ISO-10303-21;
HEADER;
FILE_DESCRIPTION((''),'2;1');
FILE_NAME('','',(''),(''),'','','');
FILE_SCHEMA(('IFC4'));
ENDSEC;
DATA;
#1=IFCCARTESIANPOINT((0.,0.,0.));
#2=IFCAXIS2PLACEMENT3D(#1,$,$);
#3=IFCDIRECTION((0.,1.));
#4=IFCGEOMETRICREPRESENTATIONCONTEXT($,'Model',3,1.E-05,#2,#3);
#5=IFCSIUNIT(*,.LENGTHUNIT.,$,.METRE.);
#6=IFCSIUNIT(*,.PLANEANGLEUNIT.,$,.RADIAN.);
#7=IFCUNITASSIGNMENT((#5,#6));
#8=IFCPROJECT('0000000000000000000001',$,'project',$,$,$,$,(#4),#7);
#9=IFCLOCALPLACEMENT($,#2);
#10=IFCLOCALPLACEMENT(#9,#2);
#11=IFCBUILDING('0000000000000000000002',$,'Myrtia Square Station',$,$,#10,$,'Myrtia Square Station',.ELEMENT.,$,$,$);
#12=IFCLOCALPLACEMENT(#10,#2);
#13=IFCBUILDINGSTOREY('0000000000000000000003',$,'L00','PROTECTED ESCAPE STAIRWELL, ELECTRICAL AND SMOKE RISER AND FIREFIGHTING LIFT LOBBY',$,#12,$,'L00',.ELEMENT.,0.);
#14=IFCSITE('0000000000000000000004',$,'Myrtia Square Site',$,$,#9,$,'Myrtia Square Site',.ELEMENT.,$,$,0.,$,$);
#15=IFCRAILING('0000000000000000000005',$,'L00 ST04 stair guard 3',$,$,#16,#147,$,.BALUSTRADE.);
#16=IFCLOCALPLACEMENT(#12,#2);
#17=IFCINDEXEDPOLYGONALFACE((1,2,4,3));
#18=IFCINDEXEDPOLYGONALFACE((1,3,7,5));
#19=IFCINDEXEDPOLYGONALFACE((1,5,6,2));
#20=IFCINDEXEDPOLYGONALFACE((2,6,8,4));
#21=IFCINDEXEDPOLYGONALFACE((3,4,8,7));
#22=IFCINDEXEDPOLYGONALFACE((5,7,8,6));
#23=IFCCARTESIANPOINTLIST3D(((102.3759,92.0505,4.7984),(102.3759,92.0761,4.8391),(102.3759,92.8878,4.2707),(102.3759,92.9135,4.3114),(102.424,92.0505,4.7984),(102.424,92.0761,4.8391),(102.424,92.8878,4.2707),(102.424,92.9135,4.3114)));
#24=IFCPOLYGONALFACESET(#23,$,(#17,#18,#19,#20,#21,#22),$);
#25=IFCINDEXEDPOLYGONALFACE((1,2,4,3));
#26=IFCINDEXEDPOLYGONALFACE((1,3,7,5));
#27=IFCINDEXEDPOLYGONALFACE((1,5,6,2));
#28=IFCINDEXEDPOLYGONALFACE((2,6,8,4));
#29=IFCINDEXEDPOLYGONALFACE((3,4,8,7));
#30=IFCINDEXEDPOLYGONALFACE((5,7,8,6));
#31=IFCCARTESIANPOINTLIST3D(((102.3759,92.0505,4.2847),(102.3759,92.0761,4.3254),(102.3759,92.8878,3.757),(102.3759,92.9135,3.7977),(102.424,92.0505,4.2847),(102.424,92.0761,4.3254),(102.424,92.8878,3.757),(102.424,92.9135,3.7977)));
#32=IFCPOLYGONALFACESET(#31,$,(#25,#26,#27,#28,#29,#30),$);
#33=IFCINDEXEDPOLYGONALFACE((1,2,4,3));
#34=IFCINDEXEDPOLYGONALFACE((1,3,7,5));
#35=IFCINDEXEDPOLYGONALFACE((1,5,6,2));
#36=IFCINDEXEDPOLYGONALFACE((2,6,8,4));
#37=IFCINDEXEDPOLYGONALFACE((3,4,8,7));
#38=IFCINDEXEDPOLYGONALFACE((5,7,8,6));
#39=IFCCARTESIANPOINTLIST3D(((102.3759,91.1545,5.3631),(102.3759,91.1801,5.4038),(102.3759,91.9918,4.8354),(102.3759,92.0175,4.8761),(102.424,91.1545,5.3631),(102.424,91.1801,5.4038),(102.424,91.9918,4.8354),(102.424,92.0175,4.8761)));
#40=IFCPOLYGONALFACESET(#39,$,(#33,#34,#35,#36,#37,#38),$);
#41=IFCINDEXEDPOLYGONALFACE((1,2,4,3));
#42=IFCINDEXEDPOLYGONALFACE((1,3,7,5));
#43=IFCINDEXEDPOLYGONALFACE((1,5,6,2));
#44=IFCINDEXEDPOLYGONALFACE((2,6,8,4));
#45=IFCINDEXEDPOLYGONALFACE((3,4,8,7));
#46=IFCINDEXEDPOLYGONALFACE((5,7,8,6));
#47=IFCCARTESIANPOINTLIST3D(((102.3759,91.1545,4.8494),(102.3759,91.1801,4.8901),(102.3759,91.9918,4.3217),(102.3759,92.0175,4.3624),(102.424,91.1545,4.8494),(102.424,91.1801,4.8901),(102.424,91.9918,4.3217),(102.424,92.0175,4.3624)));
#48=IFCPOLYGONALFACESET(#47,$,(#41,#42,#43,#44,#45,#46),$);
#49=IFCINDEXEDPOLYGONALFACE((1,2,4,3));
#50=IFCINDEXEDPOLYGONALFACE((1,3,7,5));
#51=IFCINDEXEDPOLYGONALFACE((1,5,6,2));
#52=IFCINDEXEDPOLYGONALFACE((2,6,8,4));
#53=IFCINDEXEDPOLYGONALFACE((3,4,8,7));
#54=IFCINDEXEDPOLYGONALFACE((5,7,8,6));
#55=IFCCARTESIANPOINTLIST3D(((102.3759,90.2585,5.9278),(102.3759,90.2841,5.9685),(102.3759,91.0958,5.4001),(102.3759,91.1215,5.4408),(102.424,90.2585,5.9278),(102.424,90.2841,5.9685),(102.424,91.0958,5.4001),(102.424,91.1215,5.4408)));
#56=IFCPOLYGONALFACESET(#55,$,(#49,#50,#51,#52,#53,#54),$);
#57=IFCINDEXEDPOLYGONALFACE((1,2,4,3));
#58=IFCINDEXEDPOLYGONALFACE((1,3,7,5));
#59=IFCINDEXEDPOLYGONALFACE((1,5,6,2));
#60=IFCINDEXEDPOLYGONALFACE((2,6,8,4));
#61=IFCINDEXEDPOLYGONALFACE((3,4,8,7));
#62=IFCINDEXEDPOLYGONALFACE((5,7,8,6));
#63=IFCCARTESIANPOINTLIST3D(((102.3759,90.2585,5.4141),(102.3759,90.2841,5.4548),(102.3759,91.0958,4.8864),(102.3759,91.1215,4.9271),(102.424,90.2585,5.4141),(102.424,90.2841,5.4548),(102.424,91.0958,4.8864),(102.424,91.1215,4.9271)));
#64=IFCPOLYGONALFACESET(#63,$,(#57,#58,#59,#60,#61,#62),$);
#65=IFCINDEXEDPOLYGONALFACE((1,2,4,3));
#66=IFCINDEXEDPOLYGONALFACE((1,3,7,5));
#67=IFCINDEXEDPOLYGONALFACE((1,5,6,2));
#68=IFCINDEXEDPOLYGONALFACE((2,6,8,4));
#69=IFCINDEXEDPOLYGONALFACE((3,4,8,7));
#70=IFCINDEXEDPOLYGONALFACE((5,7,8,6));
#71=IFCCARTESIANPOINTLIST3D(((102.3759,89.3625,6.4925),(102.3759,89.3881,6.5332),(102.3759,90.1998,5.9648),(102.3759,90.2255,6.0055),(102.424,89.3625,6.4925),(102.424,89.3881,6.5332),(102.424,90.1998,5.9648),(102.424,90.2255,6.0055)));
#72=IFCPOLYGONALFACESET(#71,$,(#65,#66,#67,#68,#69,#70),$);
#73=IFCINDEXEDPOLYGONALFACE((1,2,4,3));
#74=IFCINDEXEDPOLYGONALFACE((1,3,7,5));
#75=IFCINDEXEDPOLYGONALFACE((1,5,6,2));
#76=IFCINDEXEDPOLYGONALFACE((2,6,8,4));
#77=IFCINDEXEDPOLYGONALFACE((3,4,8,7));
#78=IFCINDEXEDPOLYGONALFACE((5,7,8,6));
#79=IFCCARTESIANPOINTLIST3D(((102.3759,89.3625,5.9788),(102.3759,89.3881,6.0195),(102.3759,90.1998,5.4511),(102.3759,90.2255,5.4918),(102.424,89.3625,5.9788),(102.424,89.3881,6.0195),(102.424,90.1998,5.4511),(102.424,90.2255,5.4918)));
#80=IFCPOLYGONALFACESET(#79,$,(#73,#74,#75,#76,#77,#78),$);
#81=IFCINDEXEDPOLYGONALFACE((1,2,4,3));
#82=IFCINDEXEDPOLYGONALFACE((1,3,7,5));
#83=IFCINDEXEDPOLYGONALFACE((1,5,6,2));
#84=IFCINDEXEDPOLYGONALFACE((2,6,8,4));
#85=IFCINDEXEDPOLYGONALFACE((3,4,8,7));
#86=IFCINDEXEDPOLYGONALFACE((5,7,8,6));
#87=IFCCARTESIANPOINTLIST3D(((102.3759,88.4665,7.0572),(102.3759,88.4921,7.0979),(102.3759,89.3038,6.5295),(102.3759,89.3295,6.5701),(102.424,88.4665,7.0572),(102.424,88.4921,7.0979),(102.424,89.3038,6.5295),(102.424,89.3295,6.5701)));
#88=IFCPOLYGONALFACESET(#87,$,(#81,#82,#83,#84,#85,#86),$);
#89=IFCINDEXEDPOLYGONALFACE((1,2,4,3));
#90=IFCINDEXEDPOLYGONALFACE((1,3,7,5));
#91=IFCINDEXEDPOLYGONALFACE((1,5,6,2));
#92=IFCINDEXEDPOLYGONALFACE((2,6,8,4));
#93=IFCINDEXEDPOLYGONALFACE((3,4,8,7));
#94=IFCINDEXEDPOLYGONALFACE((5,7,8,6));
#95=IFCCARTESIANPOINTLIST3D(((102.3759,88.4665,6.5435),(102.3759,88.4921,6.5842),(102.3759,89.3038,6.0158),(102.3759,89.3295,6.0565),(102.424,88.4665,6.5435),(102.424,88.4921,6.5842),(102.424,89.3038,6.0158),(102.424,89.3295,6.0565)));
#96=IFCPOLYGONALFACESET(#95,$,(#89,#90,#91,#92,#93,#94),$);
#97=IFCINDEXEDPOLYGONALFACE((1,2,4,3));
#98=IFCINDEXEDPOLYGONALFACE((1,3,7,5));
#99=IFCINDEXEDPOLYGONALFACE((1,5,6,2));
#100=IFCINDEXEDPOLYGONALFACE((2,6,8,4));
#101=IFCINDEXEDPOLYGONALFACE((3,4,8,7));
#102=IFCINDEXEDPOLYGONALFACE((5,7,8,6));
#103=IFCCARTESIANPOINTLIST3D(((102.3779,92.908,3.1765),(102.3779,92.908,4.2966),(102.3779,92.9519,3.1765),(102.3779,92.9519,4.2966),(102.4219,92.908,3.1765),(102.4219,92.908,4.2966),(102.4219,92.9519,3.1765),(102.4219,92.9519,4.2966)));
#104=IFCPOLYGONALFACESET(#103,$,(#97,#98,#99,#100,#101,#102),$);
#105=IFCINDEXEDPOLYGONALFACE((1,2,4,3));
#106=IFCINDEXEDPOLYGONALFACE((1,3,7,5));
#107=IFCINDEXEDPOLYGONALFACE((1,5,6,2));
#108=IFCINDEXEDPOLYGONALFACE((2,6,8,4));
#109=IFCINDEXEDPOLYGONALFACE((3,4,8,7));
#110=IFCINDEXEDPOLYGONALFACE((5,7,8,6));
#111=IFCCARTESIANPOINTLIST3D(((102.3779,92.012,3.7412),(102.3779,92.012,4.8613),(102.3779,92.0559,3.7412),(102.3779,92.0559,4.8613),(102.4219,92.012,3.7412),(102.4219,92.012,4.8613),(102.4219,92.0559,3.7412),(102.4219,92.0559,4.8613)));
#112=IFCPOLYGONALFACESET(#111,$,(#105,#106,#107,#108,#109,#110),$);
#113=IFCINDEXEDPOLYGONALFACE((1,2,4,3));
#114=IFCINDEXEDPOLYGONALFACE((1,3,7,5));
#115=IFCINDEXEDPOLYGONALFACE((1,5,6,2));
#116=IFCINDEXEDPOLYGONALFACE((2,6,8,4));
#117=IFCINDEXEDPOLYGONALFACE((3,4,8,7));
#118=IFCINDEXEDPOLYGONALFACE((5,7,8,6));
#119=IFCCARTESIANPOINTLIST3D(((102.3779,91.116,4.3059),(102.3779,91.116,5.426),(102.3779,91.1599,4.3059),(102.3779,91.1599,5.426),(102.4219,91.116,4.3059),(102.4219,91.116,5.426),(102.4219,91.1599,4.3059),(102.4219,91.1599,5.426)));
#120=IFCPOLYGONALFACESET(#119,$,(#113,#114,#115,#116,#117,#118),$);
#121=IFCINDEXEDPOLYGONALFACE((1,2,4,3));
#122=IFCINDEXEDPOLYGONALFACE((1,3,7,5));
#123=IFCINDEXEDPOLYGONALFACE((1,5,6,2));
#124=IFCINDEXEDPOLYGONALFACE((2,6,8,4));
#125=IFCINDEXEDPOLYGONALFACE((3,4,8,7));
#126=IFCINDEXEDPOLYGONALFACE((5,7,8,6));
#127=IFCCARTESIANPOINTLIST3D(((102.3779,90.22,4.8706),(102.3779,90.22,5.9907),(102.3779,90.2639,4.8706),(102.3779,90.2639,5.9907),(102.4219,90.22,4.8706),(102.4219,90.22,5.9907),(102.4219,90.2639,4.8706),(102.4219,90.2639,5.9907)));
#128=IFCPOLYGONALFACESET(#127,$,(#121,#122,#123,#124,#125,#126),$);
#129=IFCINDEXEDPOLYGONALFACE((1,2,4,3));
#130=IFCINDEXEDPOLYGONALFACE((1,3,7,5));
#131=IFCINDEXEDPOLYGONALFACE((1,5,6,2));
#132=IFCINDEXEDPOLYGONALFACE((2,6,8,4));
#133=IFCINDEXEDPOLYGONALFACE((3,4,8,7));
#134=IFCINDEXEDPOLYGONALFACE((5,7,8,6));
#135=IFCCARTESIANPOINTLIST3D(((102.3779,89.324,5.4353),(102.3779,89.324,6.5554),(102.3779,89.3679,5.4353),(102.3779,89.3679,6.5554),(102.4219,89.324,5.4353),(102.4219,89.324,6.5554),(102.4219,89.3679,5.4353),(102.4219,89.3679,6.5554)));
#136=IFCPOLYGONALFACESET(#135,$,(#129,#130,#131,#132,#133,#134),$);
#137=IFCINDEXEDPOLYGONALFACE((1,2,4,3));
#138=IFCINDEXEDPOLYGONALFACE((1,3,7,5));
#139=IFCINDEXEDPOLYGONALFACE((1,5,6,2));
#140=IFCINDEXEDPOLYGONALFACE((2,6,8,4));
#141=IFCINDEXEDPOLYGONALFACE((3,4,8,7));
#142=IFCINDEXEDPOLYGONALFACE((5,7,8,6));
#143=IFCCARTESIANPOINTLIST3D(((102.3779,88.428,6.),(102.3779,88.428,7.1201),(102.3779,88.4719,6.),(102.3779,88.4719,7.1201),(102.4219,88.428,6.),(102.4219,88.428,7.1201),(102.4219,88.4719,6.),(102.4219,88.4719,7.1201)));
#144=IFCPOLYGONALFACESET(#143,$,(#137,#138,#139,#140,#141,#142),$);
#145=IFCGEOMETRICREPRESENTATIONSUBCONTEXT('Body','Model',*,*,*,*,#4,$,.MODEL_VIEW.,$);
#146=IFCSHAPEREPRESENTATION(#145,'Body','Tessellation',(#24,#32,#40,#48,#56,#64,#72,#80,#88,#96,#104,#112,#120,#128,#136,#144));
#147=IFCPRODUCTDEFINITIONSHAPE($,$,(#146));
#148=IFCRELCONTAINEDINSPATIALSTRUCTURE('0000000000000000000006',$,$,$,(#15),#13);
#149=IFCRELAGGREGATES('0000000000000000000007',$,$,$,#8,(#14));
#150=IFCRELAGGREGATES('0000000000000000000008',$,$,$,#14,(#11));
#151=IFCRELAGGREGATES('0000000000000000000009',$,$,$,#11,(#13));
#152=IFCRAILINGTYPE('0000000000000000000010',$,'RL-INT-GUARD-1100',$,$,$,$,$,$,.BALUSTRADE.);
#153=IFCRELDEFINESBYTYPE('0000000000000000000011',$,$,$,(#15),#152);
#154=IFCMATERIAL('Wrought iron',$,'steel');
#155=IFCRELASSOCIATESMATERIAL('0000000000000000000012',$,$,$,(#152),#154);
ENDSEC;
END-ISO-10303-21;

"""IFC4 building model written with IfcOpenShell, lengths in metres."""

from ifc_helpers import new_model, si_unit, direction, frame, origin, origin_2d, place, context, subcontext, project, spatial, rectangle, extrude, material, type_object, element, save


model = new_model("IFC4")

# Units and contexts
model_context = context("Model", 3, precision=1e-05, world=origin(), true_north=direction((0.0, 1.0)))
body_context = subcontext(model_context, "Body", "Model", "MODEL_VIEW")
ifc_project = project(units=[si_unit("LENGTHUNIT", "METRE"), si_unit("PLANEANGLEUNIT", "RADIAN")], contexts=[model_context])

# Site, building, storey
site_placement = place(None, origin())
site = spatial("IfcSite", under=ifc_project, at=site_placement, Name="Myrtia Square Site", LongName="Myrtia Square Site", CompositionType="ELEMENT", RefElevation=0.0)
building_placement = place(site_placement, origin())
building = spatial("IfcBuilding", under=site, at=building_placement, Name="Myrtia Square Station", LongName="Myrtia Square Station", CompositionType="ELEMENT")
storey_placement = place(building_placement, origin())
storey = spatial("IfcBuildingStorey", under=building, at=storey_placement, Name="L00", Description="PROTECTED ESCAPE STAIRWELL, ELECTRICAL AND SMOKE RISER AND FIREFIGHTING LIFT LOBBY", LongName="L00", CompositionType="ELEMENT", Elevation=0.0)

# Railing
ifc_material_1 = material(Name="Wrought iron", Category="steel")
railing_type_1 = type_object("IfcRailingType", Name="RL-INT-GUARD-1100", PredefinedType="BALUSTRADE", material=ifc_material_1)
railing_1_placement = place(storey_placement, frame((102.3999, 92.9299, 3.1765)))
element("IfcRailing", 1, at=railing_1_placement, inside=storey, type_object=railing_type_1, Name="L00 ST04 stair guard 3", PredefinedType="BALUSTRADE", context=body_context, shape_type="SweptSolid", body=[
    extrude(rectangle(XDim=0.0481, YDim=0.0481, at=origin_2d()), frame((0.0, -0.0293, 1.1145), z_axis=(0.0, -0.845998, 0.533186), x_axis=(1.0, 0.0, 0.0)), (0.0, 0.0, 1.0), 0.9897),
    extrude(rectangle(XDim=0.0481, YDim=0.0481, at=origin_2d()), frame((0.0, -0.0293, 0.6008), z_axis=(0.0, -0.845998, 0.533186), x_axis=(1.0, 0.0, 0.0)), (0.0, 0.0, 1.0), 0.9897),
    extrude(rectangle(XDim=0.0481, YDim=0.0481, at=origin_2d()), frame((0.0, -0.9253, 1.6792), z_axis=(0.0, -0.845998, 0.533186), x_axis=(1.0, 0.0, 0.0)), (0.0, 0.0, 1.0), 0.9897),
    extrude(rectangle(XDim=0.0481, YDim=0.0481, at=origin_2d()), frame((0.0, -0.9253, 1.1655), z_axis=(0.0, -0.845998, 0.533186), x_axis=(1.0, 0.0, 0.0)), (0.0, 0.0, 1.0), 0.9897),
    extrude(rectangle(XDim=0.0481, YDim=0.0481, at=origin_2d()), frame((0.0, -1.8213, 2.2439), z_axis=(0.0, -0.845998, 0.533186), x_axis=(1.0, 0.0, 0.0)), (0.0, 0.0, 1.0), 0.9897),
    extrude(rectangle(XDim=0.0481, YDim=0.0481, at=origin_2d()), frame((0.0, -1.8213, 1.7302), z_axis=(0.0, -0.845998, 0.533186), x_axis=(1.0, 0.0, 0.0)), (0.0, 0.0, 1.0), 0.9897),
    extrude(rectangle(XDim=0.0481, YDim=0.0481, at=origin_2d()), frame((0.0, -2.7173, 2.8086), z_axis=(0.0, -0.845998, 0.533186), x_axis=(1.0, 0.0, 0.0)), (0.0, 0.0, 1.0), 0.9897),
    extrude(rectangle(XDim=0.0481, YDim=0.0481, at=origin_2d()), frame((0.0, -2.7173, 2.2949), z_axis=(0.0, -0.845998, 0.533186), x_axis=(1.0, 0.0, 0.0)), (0.0, 0.0, 1.0), 0.9897),
    extrude(rectangle(XDim=0.0481, YDim=0.0481, at=origin_2d()), frame((0.0, -3.6133, 3.3733), z_axis=(0.0, -0.845998, 0.533186), x_axis=(1.0, 0.0, 0.0)), (0.0, 0.0, 1.0), 0.9897),
    extrude(rectangle(XDim=0.0481, YDim=0.0481, at=origin_2d()), frame((0.0, -3.6133, 2.8596), z_axis=(0.0, -0.845998, 0.533186), x_axis=(1.0, 0.0, 0.0)), (0.0, 0.0, 1.0), 0.9897),
    extrude(rectangle(XDim=0.0439, YDim=0.0439, at=origin_2d()), origin(), (0.0, 0.0, 1.0), 1.1201),
    extrude(rectangle(XDim=0.0439, YDim=0.0439, at=origin_2d()), frame((0.0, -0.896, 0.5647)), (0.0, 0.0, 1.0), 1.1201),
    extrude(rectangle(XDim=0.0439, YDim=0.0439, at=origin_2d()), frame((0.0, -1.792, 1.1294)), (0.0, 0.0, 1.0), 1.1201),
    extrude(rectangle(XDim=0.0439, YDim=0.0439, at=origin_2d()), frame((0.0, -2.688, 1.6941)), (0.0, 0.0, 1.0), 1.1201),
    extrude(rectangle(XDim=0.0439, YDim=0.0439, at=origin_2d()), frame((0.0, -3.584, 2.2588)), (0.0, 0.0, 1.0), 1.1201),
    extrude(rectangle(XDim=0.0439, YDim=0.0439, at=origin_2d()), frame((0.0, -4.48, 2.8235)), (0.0, 0.0, 1.0), 1.1201),
])

save(model, "model.ifc")
